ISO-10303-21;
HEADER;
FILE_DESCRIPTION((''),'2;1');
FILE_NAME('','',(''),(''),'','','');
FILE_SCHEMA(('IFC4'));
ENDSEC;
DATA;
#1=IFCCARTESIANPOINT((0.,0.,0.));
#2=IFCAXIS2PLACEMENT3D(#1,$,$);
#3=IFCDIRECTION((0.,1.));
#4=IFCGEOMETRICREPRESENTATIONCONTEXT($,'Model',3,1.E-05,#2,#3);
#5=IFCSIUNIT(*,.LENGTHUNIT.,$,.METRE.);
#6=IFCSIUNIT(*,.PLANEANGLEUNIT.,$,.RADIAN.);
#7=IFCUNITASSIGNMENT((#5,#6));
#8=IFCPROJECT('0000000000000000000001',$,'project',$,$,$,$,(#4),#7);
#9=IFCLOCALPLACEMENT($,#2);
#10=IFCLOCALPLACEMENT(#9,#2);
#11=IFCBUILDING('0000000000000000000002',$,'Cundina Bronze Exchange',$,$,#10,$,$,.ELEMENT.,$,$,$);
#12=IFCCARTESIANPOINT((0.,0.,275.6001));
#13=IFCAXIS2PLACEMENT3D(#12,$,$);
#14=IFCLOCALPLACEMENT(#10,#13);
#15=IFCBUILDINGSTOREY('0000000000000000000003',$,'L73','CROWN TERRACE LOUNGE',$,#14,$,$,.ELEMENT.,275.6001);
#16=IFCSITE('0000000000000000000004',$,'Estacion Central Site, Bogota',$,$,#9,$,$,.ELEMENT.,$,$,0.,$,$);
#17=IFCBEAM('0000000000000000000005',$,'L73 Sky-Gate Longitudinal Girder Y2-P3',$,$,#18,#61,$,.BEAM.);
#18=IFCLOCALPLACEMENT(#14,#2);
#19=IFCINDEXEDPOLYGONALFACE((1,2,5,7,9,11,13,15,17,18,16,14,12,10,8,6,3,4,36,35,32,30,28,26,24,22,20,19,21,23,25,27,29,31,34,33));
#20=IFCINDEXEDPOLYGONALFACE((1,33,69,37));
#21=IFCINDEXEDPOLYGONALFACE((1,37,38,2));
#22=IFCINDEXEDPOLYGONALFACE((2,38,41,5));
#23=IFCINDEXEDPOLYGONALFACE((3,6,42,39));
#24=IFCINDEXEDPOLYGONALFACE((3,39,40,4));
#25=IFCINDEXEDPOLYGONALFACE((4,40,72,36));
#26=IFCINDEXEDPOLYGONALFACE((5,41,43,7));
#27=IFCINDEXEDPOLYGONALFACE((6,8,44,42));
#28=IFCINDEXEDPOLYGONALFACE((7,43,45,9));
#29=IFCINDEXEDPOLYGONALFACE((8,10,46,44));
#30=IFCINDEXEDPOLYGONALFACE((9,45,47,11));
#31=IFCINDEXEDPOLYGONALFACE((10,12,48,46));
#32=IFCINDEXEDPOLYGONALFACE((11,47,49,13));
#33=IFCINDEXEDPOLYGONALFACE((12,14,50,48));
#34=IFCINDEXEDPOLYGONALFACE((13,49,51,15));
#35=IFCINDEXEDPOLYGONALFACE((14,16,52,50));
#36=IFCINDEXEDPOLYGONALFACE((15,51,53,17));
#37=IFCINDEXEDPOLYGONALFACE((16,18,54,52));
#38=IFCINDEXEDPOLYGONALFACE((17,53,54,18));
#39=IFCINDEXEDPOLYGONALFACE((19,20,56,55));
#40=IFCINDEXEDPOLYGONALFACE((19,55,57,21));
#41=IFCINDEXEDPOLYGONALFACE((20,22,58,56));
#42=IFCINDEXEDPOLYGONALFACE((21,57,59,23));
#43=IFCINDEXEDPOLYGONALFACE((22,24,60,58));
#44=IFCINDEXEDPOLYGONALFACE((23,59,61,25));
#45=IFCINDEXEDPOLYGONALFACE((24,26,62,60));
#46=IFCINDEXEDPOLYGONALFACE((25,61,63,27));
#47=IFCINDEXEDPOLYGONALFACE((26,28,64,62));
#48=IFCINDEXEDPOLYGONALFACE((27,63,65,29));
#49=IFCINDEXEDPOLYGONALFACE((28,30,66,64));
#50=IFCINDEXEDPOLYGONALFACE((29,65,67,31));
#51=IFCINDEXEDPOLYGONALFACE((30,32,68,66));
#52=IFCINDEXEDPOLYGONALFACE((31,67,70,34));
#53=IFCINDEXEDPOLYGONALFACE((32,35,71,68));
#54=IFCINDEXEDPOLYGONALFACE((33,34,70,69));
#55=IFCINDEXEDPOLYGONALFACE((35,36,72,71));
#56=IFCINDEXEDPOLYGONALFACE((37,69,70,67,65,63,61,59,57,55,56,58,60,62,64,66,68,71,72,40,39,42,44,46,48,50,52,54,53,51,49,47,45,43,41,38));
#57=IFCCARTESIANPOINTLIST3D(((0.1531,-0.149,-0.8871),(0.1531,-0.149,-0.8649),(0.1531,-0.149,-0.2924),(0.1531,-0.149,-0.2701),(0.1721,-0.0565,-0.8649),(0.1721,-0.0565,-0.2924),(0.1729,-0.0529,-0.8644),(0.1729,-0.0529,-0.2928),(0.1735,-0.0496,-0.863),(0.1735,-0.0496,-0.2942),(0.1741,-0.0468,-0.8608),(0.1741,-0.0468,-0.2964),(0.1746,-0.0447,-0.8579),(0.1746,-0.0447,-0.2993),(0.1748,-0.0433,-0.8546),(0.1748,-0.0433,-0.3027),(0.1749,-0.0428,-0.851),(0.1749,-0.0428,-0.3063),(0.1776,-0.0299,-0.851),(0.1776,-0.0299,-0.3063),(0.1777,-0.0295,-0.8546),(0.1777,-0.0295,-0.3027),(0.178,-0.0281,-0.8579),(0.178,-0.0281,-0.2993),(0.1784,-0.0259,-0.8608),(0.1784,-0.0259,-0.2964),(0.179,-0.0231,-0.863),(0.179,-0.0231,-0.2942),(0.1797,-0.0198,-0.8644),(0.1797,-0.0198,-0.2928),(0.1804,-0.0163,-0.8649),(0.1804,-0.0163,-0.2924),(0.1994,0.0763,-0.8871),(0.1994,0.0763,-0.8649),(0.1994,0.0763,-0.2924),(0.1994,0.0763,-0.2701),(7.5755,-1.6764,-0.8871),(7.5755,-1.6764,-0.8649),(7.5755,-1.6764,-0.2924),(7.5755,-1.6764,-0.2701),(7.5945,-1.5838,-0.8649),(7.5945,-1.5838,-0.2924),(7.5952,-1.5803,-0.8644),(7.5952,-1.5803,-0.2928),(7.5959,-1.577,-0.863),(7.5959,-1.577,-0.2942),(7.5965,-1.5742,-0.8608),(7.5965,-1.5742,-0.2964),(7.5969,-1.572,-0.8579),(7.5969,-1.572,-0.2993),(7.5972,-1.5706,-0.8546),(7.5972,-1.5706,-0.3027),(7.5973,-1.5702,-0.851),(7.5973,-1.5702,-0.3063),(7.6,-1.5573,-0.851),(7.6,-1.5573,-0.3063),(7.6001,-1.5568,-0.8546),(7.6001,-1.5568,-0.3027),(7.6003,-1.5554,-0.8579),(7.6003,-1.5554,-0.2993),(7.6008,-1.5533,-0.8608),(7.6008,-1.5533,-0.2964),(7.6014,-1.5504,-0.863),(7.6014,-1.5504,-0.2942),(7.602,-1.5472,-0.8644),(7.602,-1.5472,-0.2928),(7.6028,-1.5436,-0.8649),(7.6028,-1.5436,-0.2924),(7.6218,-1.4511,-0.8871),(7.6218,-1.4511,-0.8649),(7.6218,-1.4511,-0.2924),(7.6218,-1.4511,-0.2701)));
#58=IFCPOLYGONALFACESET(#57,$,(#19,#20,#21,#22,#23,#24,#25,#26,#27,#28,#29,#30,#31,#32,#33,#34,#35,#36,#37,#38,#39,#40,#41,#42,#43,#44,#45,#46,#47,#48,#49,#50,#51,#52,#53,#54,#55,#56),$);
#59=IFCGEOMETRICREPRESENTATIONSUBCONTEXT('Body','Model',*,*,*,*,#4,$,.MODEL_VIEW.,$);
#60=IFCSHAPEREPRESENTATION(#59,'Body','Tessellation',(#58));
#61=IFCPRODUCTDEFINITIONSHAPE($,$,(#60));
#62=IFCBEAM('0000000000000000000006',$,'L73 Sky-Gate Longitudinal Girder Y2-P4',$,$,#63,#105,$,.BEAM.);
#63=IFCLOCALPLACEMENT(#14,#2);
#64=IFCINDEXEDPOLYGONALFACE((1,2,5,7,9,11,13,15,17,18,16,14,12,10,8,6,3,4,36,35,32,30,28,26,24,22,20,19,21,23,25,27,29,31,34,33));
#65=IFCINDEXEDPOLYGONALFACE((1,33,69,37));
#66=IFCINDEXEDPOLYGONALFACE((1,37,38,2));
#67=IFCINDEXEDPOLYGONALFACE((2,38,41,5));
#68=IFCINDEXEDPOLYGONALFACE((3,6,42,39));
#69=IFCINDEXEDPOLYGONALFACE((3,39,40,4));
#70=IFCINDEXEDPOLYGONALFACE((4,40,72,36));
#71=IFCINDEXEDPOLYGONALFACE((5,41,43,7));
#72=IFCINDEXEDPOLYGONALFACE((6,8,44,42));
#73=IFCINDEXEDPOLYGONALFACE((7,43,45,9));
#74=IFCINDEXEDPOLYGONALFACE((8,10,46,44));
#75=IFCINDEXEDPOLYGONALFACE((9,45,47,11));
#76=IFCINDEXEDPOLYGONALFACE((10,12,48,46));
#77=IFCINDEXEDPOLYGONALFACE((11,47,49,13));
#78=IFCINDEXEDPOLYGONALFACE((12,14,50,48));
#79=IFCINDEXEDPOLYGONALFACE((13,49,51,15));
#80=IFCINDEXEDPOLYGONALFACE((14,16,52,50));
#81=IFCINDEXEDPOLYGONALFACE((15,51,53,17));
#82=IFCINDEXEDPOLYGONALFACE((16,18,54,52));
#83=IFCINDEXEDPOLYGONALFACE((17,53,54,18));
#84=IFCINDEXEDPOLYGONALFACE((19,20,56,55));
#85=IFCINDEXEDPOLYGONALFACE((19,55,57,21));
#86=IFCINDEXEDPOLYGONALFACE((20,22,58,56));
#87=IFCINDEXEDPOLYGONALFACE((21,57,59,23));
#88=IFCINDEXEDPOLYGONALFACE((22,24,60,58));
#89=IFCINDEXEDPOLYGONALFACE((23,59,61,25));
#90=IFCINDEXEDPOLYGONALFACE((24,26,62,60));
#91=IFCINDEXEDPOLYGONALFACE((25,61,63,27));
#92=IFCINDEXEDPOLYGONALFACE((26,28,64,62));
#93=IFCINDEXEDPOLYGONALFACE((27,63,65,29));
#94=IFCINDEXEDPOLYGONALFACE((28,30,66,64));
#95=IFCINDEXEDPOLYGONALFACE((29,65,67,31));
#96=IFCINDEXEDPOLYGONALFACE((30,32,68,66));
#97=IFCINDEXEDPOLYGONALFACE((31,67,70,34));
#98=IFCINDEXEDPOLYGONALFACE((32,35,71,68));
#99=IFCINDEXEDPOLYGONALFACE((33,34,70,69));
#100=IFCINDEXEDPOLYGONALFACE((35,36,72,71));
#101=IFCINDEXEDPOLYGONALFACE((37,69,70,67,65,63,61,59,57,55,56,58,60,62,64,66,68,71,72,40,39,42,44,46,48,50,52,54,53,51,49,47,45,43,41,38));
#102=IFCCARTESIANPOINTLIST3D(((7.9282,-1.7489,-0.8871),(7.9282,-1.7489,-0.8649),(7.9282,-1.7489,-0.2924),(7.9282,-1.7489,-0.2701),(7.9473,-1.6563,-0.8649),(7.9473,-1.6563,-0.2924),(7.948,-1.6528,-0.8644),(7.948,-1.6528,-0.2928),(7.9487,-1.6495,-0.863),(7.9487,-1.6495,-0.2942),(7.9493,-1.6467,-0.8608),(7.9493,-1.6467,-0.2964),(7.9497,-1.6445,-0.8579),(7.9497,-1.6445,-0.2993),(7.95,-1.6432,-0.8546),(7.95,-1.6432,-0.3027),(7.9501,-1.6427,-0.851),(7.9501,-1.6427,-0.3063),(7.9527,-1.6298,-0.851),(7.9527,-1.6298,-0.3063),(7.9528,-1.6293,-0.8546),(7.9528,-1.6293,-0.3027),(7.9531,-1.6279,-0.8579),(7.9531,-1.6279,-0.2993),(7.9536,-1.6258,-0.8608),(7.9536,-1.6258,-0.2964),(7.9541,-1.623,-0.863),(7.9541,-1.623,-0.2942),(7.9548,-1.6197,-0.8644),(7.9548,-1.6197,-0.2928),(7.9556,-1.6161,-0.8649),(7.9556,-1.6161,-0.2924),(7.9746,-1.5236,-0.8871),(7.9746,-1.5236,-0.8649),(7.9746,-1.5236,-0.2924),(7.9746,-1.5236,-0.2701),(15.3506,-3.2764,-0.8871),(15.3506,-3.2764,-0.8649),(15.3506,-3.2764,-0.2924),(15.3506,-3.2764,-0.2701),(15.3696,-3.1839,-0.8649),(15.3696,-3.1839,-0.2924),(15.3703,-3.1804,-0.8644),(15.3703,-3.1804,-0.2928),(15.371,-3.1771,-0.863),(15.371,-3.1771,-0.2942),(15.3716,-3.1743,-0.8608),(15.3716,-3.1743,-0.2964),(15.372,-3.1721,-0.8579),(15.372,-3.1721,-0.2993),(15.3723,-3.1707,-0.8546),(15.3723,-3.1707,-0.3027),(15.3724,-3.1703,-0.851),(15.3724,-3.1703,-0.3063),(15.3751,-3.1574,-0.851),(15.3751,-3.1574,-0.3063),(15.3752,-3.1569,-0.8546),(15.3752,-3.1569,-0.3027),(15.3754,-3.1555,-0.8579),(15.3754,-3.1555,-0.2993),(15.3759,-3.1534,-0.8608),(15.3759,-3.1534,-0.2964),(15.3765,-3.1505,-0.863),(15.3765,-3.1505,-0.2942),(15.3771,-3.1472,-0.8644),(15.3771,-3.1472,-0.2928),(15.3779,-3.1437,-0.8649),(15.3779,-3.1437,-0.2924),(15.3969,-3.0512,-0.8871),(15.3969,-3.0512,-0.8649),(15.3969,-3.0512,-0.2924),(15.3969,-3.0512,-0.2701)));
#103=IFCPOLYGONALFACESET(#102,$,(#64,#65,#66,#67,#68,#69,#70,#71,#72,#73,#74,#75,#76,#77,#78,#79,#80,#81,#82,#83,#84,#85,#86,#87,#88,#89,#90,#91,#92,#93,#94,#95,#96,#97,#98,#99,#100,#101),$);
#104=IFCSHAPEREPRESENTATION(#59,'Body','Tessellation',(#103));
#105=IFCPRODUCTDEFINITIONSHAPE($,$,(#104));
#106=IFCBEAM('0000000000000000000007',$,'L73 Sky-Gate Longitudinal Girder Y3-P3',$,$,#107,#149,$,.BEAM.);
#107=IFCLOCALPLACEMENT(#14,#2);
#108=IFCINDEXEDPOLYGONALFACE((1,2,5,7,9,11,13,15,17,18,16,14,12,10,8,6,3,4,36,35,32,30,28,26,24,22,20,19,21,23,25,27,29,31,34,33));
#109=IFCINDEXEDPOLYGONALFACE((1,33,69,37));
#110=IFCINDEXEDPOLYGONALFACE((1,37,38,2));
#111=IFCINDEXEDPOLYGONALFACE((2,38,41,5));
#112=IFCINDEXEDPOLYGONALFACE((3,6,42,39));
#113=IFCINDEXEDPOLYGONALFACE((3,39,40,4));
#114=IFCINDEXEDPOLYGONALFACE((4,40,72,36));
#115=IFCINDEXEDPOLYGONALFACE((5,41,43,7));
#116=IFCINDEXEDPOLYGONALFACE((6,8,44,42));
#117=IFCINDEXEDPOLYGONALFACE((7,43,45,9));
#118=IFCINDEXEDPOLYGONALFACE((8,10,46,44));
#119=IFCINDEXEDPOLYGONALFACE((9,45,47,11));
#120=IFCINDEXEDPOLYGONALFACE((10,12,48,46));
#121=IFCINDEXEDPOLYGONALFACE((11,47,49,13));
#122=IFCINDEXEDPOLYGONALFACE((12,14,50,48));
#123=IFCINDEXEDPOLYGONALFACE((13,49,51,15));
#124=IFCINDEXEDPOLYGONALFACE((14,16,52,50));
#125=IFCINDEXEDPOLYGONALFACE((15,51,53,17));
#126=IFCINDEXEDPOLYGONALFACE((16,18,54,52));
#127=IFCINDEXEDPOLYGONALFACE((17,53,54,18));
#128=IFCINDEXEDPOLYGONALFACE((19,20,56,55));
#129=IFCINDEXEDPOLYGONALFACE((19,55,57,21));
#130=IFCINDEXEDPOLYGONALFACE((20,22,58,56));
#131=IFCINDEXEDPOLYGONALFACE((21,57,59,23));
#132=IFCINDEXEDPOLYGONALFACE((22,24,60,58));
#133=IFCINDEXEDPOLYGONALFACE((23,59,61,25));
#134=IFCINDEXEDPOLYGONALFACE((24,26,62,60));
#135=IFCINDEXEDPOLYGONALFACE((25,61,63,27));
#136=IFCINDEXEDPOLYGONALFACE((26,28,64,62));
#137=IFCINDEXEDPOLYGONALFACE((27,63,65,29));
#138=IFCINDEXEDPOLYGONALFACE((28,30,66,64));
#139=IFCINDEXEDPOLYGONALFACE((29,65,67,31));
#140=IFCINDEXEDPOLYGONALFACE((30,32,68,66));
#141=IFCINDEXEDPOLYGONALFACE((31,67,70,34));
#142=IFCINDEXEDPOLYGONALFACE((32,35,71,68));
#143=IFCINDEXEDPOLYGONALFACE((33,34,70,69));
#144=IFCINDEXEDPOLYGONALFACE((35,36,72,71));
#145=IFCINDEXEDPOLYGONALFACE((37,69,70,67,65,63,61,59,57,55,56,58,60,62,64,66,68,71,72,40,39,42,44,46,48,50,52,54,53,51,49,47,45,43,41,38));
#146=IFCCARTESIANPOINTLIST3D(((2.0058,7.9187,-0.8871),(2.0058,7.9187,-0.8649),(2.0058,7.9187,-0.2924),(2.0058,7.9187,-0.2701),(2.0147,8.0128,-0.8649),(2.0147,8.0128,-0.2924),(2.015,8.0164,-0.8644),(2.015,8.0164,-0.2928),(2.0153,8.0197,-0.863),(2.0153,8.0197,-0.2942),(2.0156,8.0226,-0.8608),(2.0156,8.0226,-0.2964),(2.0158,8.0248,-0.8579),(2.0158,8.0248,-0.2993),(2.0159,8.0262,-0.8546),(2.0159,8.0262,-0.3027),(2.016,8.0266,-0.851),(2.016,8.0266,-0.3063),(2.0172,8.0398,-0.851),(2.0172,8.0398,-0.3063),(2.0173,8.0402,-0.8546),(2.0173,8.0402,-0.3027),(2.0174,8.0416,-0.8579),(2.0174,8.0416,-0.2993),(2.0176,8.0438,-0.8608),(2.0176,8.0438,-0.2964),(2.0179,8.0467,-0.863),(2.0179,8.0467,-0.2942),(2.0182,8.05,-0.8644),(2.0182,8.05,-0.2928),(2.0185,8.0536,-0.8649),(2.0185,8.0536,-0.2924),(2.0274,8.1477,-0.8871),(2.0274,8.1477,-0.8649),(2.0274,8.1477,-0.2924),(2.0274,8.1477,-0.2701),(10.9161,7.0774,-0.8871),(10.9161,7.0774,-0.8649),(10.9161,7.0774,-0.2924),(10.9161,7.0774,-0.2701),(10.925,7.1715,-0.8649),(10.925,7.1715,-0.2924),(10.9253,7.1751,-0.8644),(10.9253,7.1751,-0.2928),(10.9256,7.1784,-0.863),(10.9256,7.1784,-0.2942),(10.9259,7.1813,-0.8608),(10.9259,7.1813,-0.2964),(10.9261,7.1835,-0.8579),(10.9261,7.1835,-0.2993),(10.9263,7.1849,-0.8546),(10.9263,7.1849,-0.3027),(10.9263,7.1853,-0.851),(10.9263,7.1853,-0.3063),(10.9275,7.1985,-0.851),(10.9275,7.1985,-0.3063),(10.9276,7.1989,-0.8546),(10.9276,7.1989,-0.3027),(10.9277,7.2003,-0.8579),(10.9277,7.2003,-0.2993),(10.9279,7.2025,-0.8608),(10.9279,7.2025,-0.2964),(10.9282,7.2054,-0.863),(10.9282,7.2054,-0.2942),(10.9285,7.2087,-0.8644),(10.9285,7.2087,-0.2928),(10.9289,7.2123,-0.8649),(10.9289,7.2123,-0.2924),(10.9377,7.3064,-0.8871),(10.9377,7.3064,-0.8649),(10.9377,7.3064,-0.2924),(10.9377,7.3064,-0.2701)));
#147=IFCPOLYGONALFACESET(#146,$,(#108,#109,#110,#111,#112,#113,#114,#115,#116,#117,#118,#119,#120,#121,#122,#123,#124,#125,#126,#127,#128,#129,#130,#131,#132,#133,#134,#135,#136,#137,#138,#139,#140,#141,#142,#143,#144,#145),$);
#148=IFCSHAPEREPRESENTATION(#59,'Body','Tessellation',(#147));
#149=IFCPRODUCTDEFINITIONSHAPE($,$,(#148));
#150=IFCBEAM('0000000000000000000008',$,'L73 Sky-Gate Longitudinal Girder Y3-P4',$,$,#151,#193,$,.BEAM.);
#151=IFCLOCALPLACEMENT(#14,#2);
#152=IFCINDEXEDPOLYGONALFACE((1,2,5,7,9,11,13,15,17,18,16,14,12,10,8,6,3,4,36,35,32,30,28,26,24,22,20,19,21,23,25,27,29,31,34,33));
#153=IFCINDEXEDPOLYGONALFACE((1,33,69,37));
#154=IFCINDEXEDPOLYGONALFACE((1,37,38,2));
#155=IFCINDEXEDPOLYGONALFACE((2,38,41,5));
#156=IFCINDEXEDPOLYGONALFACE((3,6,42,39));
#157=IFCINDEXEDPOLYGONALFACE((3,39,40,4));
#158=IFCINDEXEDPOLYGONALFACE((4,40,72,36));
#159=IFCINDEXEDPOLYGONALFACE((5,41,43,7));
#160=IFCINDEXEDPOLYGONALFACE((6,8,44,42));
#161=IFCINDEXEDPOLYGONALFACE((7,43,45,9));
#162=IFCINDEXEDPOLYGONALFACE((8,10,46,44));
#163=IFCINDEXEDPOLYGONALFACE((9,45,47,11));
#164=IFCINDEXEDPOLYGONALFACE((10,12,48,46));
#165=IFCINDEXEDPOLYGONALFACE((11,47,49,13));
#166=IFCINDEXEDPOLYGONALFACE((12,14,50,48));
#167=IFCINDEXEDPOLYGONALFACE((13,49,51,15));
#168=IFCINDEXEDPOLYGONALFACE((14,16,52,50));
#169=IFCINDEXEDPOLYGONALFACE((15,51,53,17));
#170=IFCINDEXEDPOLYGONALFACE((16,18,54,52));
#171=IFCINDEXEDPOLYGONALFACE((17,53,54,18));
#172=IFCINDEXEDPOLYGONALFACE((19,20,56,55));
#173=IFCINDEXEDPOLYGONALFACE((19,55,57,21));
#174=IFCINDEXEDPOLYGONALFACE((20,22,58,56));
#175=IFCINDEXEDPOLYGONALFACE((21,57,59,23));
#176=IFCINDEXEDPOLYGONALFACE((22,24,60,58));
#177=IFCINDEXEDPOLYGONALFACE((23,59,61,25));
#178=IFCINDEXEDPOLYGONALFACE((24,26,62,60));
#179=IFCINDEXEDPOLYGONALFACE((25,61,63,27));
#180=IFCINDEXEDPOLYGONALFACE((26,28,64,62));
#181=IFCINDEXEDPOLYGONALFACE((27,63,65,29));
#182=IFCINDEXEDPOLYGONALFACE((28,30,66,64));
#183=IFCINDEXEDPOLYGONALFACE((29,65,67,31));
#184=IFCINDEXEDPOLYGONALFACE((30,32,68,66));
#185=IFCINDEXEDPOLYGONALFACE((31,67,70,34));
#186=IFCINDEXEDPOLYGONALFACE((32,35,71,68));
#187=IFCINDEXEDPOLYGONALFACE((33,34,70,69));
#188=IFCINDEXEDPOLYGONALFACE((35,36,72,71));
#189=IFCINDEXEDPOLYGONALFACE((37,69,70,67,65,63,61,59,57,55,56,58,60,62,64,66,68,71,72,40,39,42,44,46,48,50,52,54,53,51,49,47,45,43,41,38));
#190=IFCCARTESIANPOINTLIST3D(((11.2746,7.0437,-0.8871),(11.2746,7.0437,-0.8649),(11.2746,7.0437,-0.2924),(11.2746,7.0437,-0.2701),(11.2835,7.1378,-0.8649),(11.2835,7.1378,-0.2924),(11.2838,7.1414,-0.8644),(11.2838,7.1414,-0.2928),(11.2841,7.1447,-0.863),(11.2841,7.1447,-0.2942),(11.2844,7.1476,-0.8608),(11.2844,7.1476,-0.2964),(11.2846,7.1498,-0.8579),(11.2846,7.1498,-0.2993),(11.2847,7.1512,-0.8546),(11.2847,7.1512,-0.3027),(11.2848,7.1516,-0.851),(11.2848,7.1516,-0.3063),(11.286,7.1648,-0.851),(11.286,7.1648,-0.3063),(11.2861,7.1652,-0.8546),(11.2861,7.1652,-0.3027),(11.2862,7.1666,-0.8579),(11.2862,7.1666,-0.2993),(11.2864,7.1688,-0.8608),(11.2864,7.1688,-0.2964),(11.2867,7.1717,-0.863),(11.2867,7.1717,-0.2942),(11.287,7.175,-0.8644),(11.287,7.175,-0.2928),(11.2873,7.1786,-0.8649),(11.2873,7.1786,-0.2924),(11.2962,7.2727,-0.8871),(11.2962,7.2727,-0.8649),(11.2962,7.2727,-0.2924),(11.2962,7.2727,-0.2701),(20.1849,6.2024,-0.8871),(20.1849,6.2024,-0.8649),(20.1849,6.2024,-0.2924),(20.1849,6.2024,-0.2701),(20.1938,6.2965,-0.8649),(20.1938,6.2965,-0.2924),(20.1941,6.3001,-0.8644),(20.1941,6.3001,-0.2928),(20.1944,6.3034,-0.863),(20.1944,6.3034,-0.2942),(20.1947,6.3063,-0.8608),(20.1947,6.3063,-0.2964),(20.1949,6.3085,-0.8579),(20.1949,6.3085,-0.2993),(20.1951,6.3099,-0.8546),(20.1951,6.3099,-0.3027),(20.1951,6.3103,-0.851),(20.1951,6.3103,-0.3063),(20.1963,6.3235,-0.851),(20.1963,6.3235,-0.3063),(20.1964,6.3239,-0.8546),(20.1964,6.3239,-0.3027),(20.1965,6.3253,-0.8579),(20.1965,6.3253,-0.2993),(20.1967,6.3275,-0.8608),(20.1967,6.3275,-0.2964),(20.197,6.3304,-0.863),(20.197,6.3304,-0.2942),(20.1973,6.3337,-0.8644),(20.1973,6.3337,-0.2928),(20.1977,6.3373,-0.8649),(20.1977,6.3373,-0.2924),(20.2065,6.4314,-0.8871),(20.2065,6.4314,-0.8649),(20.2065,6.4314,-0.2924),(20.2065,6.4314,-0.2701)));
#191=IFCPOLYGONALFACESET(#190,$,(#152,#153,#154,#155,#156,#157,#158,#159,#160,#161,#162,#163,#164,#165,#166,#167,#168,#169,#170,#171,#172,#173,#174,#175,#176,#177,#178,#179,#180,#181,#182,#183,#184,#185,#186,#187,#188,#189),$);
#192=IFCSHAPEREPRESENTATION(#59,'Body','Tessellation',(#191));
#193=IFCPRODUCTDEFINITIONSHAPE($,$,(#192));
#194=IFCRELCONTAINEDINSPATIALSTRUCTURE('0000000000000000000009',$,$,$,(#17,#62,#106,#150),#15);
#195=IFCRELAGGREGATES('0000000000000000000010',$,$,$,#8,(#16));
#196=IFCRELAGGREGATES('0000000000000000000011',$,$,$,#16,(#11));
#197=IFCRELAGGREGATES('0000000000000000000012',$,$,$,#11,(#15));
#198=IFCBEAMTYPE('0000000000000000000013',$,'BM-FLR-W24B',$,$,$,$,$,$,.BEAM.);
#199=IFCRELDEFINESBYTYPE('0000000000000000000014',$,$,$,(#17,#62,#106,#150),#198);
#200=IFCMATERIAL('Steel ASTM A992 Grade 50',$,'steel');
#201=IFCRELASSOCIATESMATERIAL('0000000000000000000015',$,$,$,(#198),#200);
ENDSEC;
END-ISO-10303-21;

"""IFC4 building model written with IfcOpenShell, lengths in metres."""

from ifc_helpers import new_model, si_unit, direction, frame, origin, origin_2d, place, context, subcontext, project, spatial, i_section, extrude, material, material_profile, profile_set, type_object, element, save


model = new_model("IFC4")

# Units and contexts
model_context = context("Model", 3, precision=1e-05, world=origin(), true_north=direction((0.0, 1.0)))
body_context = subcontext(model_context, "Body", "Model", "MODEL_VIEW")
ifc_project = project(units=[si_unit("LENGTHUNIT", "METRE"), si_unit("PLANEANGLEUNIT", "RADIAN")], contexts=[model_context])

# Site, building, storey
site_placement = place(None, origin())
site = spatial("IfcSite", under=ifc_project, at=site_placement, Name="Estacion Central Site, Bogota", CompositionType="ELEMENT", RefElevation=0.0)
building_placement = place(site_placement, origin())
building = spatial("IfcBuilding", under=site, at=building_placement, Name="Cundina Bronze Exchange", CompositionType="ELEMENT")
storey_placement = place(building_placement, frame((0.0, 0.0, 275.6001)))
storey = spatial("IfcBuildingStorey", under=building, at=storey_placement, Name="L73", Description="CROWN TERRACE LOUNGE", CompositionType="ELEMENT", Elevation=275.6001)

# Beams
ifc_material_1 = material(Name="Steel ASTM A992 Grade 50", Category="steel")
ifc_material_profile_1 = material_profile(ifc_material_1, i_section(OverallWidth=0.23, OverallDepth=0.6169, WebThickness=0.0132, FlangeThickness=0.0222, FilletRadius=0.0139, at=origin_2d()), Name="W24X94", Category="steel")
ifc_profile_set_1 = profile_set([ifc_material_profile_1], Name="Steel ASTM A992 Grade 50")
beam_type_1 = type_object("IfcBeamType", Name="BM-FLR-W24B", PredefinedType="BEAM", material=ifc_profile_set_1)
for number, where, z_axis, x_axis, name in (
    (1, (0.1763, -0.0364, -0.5786), (0.979478, -0.201553, 0.0), (0.201553, 0.979478, 0.0), "L73 Sky-Gate Longitudinal Girder Y2-P3"),
    (2, (7.9514, -1.6362, -0.5786), (0.979471, -0.201584, 0.0), (0.201584, 0.979471, 0.0), "L73 Sky-Gate Longitudinal Girder Y2-P4"),
):
    element("IfcBeam", number, at=place(storey_placement, frame(where, z_axis=z_axis, x_axis=x_axis)), inside=storey, type_object=beam_type_1, Name=name, PredefinedType="BEAM", context=body_context, shape_type="SweptSolid", body=[
        extrude(i_section(OverallWidth=0.23, OverallDepth=0.6169, WebThickness=0.0132, FlangeThickness=0.0222, FilletRadius=0.0139, at=origin_2d()), origin(), (0.0, 0.0, 1.0), 7.5779),
    ])
for number, where, z_axis, x_axis, name in (
    (3, (2.0166, 8.0332, -0.5786), (0.995572, -0.094001, 0.0), (0.094001, 0.995572, 0.0), "L73 Sky-Gate Longitudinal Girder Y3-P3"),
    (4, (11.2854, 7.1582, -0.5786), (0.995572, -0.094001, 0.0), (0.094001, 0.995572, 0.0), "L73 Sky-Gate Longitudinal Girder Y3-P4"),
):
    element("IfcBeam", number, at=place(storey_placement, frame(where, z_axis=z_axis, x_axis=x_axis)), inside=storey, type_object=beam_type_1, Name=name, PredefinedType="BEAM", context=body_context, shape_type="SweptSolid", body=[
        extrude(i_section(OverallWidth=0.23, OverallDepth=0.6169, WebThickness=0.0132, FlangeThickness=0.0222, FilletRadius=0.0139, at=origin_2d()), origin(), (0.0, 0.0, 1.0), 8.95),
    ])

save(model, "model.ifc")
